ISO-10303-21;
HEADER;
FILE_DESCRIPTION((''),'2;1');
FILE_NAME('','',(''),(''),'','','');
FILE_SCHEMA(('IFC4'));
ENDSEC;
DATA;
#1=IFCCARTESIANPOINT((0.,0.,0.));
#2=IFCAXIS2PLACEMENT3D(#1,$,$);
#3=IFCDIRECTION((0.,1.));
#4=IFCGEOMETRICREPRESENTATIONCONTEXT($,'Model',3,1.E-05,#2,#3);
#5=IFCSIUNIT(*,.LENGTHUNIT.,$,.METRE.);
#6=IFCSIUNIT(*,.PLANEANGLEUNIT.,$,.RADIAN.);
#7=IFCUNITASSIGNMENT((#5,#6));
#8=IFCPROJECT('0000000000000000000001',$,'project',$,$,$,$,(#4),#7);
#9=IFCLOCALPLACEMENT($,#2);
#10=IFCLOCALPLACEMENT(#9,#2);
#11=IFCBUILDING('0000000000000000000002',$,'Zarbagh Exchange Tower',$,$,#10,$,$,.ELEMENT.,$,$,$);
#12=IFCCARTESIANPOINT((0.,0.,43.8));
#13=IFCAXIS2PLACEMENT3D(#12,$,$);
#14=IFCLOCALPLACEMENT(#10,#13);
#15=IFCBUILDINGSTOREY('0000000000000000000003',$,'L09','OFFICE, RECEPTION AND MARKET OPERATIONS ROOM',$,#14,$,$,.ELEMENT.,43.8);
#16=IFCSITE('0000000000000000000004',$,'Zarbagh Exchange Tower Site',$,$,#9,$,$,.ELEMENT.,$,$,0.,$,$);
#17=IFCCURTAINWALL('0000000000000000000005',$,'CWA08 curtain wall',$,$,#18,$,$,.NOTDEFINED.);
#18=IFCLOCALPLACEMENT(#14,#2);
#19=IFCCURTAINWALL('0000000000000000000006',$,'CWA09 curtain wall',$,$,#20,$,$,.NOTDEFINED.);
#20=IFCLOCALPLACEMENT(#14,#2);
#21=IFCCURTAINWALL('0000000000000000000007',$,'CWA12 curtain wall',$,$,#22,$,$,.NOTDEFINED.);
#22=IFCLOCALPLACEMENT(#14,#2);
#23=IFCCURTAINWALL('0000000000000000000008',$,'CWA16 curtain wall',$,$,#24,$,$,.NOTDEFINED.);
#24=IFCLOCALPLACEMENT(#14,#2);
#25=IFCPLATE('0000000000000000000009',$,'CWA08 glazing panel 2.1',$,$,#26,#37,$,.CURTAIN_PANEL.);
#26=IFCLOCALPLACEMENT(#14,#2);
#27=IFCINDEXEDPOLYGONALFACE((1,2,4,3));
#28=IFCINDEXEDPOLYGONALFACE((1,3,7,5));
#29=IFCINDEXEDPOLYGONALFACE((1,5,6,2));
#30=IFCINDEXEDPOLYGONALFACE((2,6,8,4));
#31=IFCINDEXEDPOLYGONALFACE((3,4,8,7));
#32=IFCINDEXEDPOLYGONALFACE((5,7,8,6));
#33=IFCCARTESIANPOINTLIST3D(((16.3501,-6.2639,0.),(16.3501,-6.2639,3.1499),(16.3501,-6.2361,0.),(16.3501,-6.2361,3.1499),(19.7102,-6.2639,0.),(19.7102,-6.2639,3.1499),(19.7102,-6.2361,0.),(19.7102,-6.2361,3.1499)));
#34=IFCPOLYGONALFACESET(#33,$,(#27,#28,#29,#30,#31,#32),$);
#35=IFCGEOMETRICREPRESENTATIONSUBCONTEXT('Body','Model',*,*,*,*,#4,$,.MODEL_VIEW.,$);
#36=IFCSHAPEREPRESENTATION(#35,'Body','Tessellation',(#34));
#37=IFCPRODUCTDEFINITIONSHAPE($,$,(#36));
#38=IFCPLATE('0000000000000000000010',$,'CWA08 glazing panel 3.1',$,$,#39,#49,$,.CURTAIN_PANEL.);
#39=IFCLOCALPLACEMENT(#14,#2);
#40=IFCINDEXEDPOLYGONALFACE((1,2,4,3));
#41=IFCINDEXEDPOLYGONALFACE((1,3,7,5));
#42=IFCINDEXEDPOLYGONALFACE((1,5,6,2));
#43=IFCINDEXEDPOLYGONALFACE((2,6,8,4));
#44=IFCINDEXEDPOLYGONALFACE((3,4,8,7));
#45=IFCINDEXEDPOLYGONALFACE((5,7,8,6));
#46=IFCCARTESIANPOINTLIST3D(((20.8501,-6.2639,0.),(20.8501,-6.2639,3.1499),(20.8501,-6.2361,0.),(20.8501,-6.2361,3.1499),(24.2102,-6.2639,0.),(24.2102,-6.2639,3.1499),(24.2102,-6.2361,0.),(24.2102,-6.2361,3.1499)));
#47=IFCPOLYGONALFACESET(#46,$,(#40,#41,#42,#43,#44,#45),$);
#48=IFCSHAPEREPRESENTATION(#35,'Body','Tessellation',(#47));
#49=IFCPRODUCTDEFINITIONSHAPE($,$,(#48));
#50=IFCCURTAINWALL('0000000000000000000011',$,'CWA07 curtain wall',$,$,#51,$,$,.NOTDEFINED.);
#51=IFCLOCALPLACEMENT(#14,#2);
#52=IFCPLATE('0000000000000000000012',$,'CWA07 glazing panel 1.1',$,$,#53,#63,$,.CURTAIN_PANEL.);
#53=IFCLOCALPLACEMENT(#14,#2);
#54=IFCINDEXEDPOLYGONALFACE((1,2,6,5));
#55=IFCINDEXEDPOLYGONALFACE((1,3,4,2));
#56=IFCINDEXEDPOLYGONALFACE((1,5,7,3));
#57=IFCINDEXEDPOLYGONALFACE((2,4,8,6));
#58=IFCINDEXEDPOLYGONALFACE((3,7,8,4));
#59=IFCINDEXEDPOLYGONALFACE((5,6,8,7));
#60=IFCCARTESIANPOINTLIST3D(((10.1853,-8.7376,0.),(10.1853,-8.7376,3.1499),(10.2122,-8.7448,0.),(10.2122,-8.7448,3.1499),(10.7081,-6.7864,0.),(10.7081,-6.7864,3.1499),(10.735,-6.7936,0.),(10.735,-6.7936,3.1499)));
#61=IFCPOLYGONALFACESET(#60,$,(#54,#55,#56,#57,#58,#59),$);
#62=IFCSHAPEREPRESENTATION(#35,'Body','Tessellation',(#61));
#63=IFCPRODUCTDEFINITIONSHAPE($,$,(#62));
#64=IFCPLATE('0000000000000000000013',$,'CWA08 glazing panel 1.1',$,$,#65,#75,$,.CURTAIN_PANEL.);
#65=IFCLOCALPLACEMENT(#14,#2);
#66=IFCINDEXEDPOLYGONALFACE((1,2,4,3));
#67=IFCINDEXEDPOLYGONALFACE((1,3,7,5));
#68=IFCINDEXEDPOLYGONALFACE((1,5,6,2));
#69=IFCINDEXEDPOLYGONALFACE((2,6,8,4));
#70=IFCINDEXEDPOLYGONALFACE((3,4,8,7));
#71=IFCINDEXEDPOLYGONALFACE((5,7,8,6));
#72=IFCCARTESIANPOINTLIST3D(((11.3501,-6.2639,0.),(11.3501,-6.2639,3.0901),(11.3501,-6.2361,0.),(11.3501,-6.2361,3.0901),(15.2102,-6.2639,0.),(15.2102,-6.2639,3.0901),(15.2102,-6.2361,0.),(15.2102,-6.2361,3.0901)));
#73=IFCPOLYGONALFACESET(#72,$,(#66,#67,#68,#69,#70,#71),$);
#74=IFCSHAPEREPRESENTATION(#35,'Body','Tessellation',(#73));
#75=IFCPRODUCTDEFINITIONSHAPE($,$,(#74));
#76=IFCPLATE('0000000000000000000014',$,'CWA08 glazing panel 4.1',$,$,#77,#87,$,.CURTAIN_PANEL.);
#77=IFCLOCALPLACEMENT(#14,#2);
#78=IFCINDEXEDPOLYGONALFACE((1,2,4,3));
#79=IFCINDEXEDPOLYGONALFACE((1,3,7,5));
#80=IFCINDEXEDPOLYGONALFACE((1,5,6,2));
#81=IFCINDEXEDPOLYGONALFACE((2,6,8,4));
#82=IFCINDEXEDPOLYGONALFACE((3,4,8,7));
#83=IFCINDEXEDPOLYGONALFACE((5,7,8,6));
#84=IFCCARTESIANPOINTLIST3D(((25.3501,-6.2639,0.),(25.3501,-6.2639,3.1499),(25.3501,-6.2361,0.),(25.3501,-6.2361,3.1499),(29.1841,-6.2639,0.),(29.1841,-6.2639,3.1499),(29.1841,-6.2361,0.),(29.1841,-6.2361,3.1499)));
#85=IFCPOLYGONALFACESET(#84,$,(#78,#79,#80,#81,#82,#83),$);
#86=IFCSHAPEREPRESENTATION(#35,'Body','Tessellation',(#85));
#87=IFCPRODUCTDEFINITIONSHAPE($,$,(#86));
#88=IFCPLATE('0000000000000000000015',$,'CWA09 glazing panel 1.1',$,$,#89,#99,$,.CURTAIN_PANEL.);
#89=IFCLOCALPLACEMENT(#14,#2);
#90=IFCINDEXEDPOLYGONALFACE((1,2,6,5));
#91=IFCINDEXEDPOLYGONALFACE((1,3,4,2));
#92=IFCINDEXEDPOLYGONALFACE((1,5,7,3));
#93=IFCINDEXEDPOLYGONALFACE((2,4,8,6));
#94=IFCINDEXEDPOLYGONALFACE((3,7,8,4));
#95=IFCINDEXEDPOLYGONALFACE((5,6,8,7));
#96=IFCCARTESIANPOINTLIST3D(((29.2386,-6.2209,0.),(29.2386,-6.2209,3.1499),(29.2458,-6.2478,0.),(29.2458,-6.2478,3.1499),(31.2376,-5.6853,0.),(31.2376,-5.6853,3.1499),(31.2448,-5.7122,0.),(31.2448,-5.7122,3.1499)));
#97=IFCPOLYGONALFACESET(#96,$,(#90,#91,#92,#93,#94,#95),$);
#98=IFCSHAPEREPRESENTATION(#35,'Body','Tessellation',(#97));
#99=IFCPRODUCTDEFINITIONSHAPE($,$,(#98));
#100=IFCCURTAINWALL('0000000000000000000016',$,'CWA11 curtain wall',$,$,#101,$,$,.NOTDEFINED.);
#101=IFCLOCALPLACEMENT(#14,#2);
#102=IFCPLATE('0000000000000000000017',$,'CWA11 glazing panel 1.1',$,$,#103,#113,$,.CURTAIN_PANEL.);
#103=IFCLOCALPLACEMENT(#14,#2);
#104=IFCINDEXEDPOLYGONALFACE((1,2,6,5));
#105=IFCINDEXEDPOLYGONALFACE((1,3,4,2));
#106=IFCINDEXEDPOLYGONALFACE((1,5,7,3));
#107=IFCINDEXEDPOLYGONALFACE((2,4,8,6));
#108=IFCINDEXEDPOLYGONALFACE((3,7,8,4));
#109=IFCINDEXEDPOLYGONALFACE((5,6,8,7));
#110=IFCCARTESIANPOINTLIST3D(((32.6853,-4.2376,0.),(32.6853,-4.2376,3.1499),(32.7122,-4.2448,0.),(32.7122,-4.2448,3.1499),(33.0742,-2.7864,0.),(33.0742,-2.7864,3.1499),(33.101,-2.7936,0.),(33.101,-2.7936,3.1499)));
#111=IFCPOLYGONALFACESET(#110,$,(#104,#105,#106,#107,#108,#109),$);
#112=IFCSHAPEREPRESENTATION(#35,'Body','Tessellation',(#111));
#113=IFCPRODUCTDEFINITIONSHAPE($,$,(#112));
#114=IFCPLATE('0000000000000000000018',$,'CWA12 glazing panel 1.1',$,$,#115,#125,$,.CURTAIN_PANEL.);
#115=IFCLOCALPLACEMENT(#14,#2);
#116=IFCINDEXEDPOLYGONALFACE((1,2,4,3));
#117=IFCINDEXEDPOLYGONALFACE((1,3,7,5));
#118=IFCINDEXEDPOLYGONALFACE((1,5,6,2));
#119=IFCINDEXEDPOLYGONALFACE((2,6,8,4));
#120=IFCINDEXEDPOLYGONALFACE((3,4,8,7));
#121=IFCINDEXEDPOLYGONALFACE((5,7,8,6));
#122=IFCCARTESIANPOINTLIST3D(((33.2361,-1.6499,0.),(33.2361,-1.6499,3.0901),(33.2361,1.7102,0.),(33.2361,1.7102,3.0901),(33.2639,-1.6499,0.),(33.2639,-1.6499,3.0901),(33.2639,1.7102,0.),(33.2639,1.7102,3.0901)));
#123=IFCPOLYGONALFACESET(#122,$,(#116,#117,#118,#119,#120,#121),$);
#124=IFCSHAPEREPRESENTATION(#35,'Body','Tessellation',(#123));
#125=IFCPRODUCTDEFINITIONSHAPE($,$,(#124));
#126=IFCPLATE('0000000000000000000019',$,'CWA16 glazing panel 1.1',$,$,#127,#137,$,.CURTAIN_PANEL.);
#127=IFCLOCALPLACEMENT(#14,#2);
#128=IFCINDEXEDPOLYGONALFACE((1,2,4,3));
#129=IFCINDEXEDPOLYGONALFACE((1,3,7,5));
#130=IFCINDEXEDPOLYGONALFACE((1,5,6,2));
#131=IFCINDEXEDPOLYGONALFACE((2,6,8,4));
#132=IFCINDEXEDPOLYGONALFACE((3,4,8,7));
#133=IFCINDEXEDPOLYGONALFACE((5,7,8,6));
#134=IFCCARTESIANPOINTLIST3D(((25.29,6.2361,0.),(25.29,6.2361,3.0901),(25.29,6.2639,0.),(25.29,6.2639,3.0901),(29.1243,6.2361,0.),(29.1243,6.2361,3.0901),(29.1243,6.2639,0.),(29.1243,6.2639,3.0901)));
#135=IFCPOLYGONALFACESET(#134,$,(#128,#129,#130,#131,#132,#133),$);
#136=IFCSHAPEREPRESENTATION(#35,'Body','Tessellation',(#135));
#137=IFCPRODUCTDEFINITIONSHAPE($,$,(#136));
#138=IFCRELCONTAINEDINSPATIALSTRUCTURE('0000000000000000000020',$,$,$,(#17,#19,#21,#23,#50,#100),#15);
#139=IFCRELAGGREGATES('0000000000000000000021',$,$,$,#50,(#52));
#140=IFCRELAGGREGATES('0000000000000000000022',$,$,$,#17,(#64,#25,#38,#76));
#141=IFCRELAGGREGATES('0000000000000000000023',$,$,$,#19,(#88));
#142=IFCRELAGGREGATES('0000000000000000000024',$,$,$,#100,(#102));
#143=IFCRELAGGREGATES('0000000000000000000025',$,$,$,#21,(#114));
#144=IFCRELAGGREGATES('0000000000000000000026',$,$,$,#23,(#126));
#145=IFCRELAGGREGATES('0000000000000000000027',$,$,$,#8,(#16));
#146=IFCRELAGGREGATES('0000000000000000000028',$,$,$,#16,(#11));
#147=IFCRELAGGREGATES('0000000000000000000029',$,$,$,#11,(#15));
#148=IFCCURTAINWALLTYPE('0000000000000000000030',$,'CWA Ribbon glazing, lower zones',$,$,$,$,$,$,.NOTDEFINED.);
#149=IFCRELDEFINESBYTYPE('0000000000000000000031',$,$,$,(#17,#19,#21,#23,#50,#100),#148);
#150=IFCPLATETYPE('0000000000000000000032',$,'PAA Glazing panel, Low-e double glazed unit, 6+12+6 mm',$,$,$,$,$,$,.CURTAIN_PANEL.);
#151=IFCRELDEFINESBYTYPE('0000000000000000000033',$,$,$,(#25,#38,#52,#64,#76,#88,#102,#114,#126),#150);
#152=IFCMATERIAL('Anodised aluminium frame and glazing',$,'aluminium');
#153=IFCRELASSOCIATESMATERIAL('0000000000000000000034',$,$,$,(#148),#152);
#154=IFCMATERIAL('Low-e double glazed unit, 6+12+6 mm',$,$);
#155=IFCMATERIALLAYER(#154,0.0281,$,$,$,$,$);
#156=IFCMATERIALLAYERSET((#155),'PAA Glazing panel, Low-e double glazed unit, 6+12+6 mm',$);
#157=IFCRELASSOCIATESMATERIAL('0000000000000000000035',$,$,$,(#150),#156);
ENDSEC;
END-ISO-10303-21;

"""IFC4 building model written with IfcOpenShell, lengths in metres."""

from ifc_helpers import new_model, si_unit, direction, frame, origin, place, context, subcontext, project, spatial, polyline, outline, extrude, source, transform, mapped, material, layer, layer_set, type_object, element, aggregate, save


model = new_model("IFC4")

# Units and contexts
model_context = context("Model", 3, precision=1e-05, world=origin(), true_north=direction((0.0, 1.0)))
body_context = subcontext(model_context, "Body", "Model", "MODEL_VIEW")
ifc_project = project(units=[si_unit("LENGTHUNIT", "METRE"), si_unit("PLANEANGLEUNIT", "RADIAN")], contexts=[model_context])

# Site, building, storey
site_placement = place(None, origin())
site = spatial("IfcSite", under=ifc_project, at=site_placement, Name="Zarbagh Exchange Tower Site", CompositionType="ELEMENT", RefElevation=0.0)
building_placement = place(site_placement, origin())
building = spatial("IfcBuilding", under=site, at=building_placement, Name="Zarbagh Exchange Tower", CompositionType="ELEMENT")
storey_placement = place(building_placement, frame((0.0, 0.0, 43.8)))
storey = spatial("IfcBuildingStorey", under=building, at=storey_placement, Name="L09", Description="OFFICE, RECEPTION AND MARKET OPERATIONS ROOM", CompositionType="ELEMENT", Elevation=43.8)

# Curtain wall
ifc_material_1 = material(Name="Anodised aluminium frame and glazing", Category="aluminium")
curtain_wall_type = type_object("IfcCurtainWallType", Name="CWA Ribbon glazing, lower zones", PredefinedType="NOTDEFINED", material=ifc_material_1)
curtain_wall_1_placement = place(storey_placement, origin())
curtain_wall_1 = element("IfcCurtainWall", 1, at=curtain_wall_1_placement, inside=storey, type_object=curtain_wall_type, Name="CWA08 curtain wall", PredefinedType="NOTDEFINED")
placement = place(storey_placement, origin())

# Curtain walls
curtain_wall_2_placement = place(storey_placement, origin())
curtain_wall_2 = element("IfcCurtainWall", 2, at=curtain_wall_2_placement, inside=storey, type_object=curtain_wall_type, Name="CWA09 curtain wall", PredefinedType="NOTDEFINED")
curtain_wall_3_placement = place(storey_placement, origin())
curtain_wall_3 = element("IfcCurtainWall", 3, at=curtain_wall_3_placement, inside=storey, type_object=curtain_wall_type, Name="CWA12 curtain wall", PredefinedType="NOTDEFINED")
curtain_wall_4_placement = place(storey_placement, origin())
curtain_wall_4 = element("IfcCurtainWall", 4, at=curtain_wall_4_placement, inside=storey, type_object=curtain_wall_type, Name="CWA16 curtain wall", PredefinedType="NOTDEFINED")

# Shared definitions
ifc_material_2 = material(Name="Low-e double glazed unit, 6+12+6 mm")
ifc_layer = layer(ifc_material_2, 0.0281)
ifc_layer_set = layer_set([ifc_layer], Name="PAA Glazing panel, Low-e double glazed unit, 6+12+6 mm")
plate_type = type_object("IfcPlateType", Name="PAA Glazing panel, Low-e double glazed unit, 6+12+6 mm", PredefinedType="CURTAIN_PANEL", material=ifc_layer_set)

# Plates
shared_shape_1 = source(origin(), body_context, "Body", "SweptSolid", [
    extrude(outline(polyline([(0.0, -0.0139), (3.3601, -0.0139), (3.3601, 0.0139), (0.0, 0.0139), (0.0, -0.0139)])), origin(), (0.0, 0.0, 1.0), 3.1499),
])
plate_1 = element("IfcPlate", 5, at=placement, type_object=plate_type, Name="CWA08 glazing panel 2.1", PredefinedType="CURTAIN_PANEL", context=body_context, shape_type="MappedRepresentation", body=[
    mapped(shared_shape_1, transform((16.3501, -6.25, 0.0), x_axis=(1.0, 0.0, 0.0), y_axis=(0.0, 1.0, 0.0), z_axis=(0.0, 0.0, 1.0))),
])
plate_2 = element("IfcPlate", 6, at=placement, type_object=plate_type, Name="CWA08 glazing panel 3.1", PredefinedType="CURTAIN_PANEL", context=body_context, shape_type="MappedRepresentation", body=[
    mapped(shared_shape_1, transform((20.8501, -6.25, 0.0), x_axis=(1.0, 0.0, 0.0), y_axis=(0.0, 1.0, 0.0), z_axis=(0.0, 0.0, 1.0))),
])

# Curtain wall, plate
curtain_wall_5_placement = place(storey_placement, origin())
curtain_wall_5 = element("IfcCurtainWall", 7, at=curtain_wall_5_placement, inside=storey, type_object=curtain_wall_type, Name="CWA07 curtain wall", PredefinedType="NOTDEFINED")
shared_shape_2 = source(origin(), body_context, "Body", "SweptSolid", [
    extrude(outline(polyline([(0.0, -0.0139), (2.02, -0.0139), (2.02, 0.0139), (0.0, 0.0139), (0.0, -0.0139)])), origin(), (0.0, 0.0, 1.0), 3.1499),
])
plate_3 = element("IfcPlate", 8, at=placement, type_object=plate_type, Name="CWA07 glazing panel 1.1", PredefinedType="CURTAIN_PANEL", context=body_context, shape_type="MappedRepresentation", body=[
    mapped(shared_shape_2, transform((10.1987, -8.7412, 0.0), x_axis=(0.258825, 0.965924, 0.0), y_axis=(-0.965924, 0.258825, 0.0), z_axis=(0.0, 0.0, 1.0))),
])
aggregate(curtain_wall_5, [plate_3])

# Plates
shared_shape_3 = source(origin(), body_context, "Body", "SweptSolid", [
    extrude(outline(polyline([(0.0, -0.0139), (3.8601, -0.0139), (3.8601, 0.0139), (0.0, 0.0139), (0.0, -0.0139)])), origin(), (0.0, 0.0, 1.0), 3.0901),
])
plate_4 = element("IfcPlate", 9, at=placement, type_object=plate_type, Name="CWA08 glazing panel 1.1", PredefinedType="CURTAIN_PANEL", context=body_context, shape_type="MappedRepresentation", body=[
    mapped(shared_shape_3, transform((11.3501, -6.25, 0.0), x_axis=(1.0, 0.0, 0.0), y_axis=(0.0, 1.0, 0.0), z_axis=(0.0, 0.0, 1.0))),
])
shared_shape_4 = source(origin(), body_context, "Body", "SweptSolid", [
    extrude(outline(polyline([(0.0, -0.0139), (3.834, -0.0139), (3.834, 0.0139), (0.0, 0.0139), (0.0, -0.0139)])), origin(), (0.0, 0.0, 1.0), 3.1499),
])
plate_5 = element("IfcPlate", 10, at=placement, type_object=plate_type, Name="CWA08 glazing panel 4.1", PredefinedType="CURTAIN_PANEL", context=body_context, shape_type="MappedRepresentation", body=[
    mapped(shared_shape_4, transform((25.3501, -6.25, 0.0), x_axis=(1.0, 0.0, 0.0), y_axis=(0.0, 1.0, 0.0), z_axis=(0.0, 0.0, 1.0))),
])
aggregate(curtain_wall_1, [plate_4, plate_1, plate_2, plate_5])
shared_shape_5 = source(origin(), body_context, "Body", "SweptSolid", [
    extrude(outline(polyline([(0.0, -0.0139), (2.0696, -0.0139), (2.0696, 0.0139), (0.0, 0.0139), (0.0, -0.0139)])), origin(), (0.0, 0.0, 1.0), 3.1499),
])
plate_6 = element("IfcPlate", 11, at=placement, type_object=plate_type, Name="CWA09 glazing panel 1.1", PredefinedType="CURTAIN_PANEL", context=body_context, shape_type="MappedRepresentation", body=[
    mapped(shared_shape_5, transform((29.2422, -6.2344, 0.0), x_axis=(0.965924, 0.258825, 0.0), y_axis=(-0.258825, 0.965924, 0.0), z_axis=(0.0, 0.0, 1.0))),
])
aggregate(curtain_wall_2, [plate_6])

# Curtain wall, plate
curtain_wall_6_placement = place(storey_placement, origin())
curtain_wall_6 = element("IfcCurtainWall", 12, at=curtain_wall_6_placement, inside=storey, type_object=curtain_wall_type, Name="CWA11 curtain wall", PredefinedType="NOTDEFINED")
shared_shape_6 = source(origin(), body_context, "Body", "SweptSolid", [
    extrude(outline(polyline([(0.0, -0.0139), (1.5024, -0.0139), (1.5024, 0.0139), (0.0, 0.0139), (0.0, -0.0139)])), origin(), (0.0, 0.0, 1.0), 3.1499),
])
plate_7 = element("IfcPlate", 13, at=placement, type_object=plate_type, Name="CWA11 glazing panel 1.1", PredefinedType="CURTAIN_PANEL", context=body_context, shape_type="MappedRepresentation", body=[
    mapped(shared_shape_6, transform((32.6987, -4.2412, 0.0), x_axis=(0.258825, 0.965924, 0.0), y_axis=(-0.965924, 0.258825, 0.0), z_axis=(0.0, 0.0, 1.0))),
])
aggregate(curtain_wall_6, [plate_7])

# Plates
shared_shape_7 = source(origin(), body_context, "Body", "SweptSolid", [
    extrude(outline(polyline([(0.0, -0.0139), (3.3601, -0.0139), (3.3601, 0.0139), (0.0, 0.0139), (0.0, -0.0139)])), origin(), (0.0, 0.0, 1.0), 3.0901),
])
plate_8 = element("IfcPlate", 14, at=placement, type_object=plate_type, Name="CWA12 glazing panel 1.1", PredefinedType="CURTAIN_PANEL", context=body_context, shape_type="MappedRepresentation", body=[
    mapped(shared_shape_7, transform((33.25, -1.6499, 0.0), x_axis=(0.0, 1.0, 0.0), y_axis=(-1.0, 0.0, 0.0), z_axis=(0.0, 0.0, 1.0))),
])
aggregate(curtain_wall_3, [plate_8])
shared_shape_8 = source(origin(), body_context, "Body", "SweptSolid", [
    extrude(outline(polyline([(0.0, -0.0139), (3.8342, -0.0139), (3.8342, 0.0139), (0.0, 0.0139), (0.0, -0.0139)])), origin(), (0.0, 0.0, 1.0), 3.0901),
])
plate_9 = element("IfcPlate", 15, at=placement, type_object=plate_type, Name="CWA16 glazing panel 1.1", PredefinedType="CURTAIN_PANEL", context=body_context, shape_type="MappedRepresentation", body=[
    mapped(shared_shape_8, transform((29.1243, 6.25, 0.0), x_axis=(-1.0, 0.0, 0.0), y_axis=(0.0, -1.0, 0.0), z_axis=(0.0, 0.0, 1.0))),
])
aggregate(curtain_wall_4, [plate_9])

save(model, "model.ifc")
